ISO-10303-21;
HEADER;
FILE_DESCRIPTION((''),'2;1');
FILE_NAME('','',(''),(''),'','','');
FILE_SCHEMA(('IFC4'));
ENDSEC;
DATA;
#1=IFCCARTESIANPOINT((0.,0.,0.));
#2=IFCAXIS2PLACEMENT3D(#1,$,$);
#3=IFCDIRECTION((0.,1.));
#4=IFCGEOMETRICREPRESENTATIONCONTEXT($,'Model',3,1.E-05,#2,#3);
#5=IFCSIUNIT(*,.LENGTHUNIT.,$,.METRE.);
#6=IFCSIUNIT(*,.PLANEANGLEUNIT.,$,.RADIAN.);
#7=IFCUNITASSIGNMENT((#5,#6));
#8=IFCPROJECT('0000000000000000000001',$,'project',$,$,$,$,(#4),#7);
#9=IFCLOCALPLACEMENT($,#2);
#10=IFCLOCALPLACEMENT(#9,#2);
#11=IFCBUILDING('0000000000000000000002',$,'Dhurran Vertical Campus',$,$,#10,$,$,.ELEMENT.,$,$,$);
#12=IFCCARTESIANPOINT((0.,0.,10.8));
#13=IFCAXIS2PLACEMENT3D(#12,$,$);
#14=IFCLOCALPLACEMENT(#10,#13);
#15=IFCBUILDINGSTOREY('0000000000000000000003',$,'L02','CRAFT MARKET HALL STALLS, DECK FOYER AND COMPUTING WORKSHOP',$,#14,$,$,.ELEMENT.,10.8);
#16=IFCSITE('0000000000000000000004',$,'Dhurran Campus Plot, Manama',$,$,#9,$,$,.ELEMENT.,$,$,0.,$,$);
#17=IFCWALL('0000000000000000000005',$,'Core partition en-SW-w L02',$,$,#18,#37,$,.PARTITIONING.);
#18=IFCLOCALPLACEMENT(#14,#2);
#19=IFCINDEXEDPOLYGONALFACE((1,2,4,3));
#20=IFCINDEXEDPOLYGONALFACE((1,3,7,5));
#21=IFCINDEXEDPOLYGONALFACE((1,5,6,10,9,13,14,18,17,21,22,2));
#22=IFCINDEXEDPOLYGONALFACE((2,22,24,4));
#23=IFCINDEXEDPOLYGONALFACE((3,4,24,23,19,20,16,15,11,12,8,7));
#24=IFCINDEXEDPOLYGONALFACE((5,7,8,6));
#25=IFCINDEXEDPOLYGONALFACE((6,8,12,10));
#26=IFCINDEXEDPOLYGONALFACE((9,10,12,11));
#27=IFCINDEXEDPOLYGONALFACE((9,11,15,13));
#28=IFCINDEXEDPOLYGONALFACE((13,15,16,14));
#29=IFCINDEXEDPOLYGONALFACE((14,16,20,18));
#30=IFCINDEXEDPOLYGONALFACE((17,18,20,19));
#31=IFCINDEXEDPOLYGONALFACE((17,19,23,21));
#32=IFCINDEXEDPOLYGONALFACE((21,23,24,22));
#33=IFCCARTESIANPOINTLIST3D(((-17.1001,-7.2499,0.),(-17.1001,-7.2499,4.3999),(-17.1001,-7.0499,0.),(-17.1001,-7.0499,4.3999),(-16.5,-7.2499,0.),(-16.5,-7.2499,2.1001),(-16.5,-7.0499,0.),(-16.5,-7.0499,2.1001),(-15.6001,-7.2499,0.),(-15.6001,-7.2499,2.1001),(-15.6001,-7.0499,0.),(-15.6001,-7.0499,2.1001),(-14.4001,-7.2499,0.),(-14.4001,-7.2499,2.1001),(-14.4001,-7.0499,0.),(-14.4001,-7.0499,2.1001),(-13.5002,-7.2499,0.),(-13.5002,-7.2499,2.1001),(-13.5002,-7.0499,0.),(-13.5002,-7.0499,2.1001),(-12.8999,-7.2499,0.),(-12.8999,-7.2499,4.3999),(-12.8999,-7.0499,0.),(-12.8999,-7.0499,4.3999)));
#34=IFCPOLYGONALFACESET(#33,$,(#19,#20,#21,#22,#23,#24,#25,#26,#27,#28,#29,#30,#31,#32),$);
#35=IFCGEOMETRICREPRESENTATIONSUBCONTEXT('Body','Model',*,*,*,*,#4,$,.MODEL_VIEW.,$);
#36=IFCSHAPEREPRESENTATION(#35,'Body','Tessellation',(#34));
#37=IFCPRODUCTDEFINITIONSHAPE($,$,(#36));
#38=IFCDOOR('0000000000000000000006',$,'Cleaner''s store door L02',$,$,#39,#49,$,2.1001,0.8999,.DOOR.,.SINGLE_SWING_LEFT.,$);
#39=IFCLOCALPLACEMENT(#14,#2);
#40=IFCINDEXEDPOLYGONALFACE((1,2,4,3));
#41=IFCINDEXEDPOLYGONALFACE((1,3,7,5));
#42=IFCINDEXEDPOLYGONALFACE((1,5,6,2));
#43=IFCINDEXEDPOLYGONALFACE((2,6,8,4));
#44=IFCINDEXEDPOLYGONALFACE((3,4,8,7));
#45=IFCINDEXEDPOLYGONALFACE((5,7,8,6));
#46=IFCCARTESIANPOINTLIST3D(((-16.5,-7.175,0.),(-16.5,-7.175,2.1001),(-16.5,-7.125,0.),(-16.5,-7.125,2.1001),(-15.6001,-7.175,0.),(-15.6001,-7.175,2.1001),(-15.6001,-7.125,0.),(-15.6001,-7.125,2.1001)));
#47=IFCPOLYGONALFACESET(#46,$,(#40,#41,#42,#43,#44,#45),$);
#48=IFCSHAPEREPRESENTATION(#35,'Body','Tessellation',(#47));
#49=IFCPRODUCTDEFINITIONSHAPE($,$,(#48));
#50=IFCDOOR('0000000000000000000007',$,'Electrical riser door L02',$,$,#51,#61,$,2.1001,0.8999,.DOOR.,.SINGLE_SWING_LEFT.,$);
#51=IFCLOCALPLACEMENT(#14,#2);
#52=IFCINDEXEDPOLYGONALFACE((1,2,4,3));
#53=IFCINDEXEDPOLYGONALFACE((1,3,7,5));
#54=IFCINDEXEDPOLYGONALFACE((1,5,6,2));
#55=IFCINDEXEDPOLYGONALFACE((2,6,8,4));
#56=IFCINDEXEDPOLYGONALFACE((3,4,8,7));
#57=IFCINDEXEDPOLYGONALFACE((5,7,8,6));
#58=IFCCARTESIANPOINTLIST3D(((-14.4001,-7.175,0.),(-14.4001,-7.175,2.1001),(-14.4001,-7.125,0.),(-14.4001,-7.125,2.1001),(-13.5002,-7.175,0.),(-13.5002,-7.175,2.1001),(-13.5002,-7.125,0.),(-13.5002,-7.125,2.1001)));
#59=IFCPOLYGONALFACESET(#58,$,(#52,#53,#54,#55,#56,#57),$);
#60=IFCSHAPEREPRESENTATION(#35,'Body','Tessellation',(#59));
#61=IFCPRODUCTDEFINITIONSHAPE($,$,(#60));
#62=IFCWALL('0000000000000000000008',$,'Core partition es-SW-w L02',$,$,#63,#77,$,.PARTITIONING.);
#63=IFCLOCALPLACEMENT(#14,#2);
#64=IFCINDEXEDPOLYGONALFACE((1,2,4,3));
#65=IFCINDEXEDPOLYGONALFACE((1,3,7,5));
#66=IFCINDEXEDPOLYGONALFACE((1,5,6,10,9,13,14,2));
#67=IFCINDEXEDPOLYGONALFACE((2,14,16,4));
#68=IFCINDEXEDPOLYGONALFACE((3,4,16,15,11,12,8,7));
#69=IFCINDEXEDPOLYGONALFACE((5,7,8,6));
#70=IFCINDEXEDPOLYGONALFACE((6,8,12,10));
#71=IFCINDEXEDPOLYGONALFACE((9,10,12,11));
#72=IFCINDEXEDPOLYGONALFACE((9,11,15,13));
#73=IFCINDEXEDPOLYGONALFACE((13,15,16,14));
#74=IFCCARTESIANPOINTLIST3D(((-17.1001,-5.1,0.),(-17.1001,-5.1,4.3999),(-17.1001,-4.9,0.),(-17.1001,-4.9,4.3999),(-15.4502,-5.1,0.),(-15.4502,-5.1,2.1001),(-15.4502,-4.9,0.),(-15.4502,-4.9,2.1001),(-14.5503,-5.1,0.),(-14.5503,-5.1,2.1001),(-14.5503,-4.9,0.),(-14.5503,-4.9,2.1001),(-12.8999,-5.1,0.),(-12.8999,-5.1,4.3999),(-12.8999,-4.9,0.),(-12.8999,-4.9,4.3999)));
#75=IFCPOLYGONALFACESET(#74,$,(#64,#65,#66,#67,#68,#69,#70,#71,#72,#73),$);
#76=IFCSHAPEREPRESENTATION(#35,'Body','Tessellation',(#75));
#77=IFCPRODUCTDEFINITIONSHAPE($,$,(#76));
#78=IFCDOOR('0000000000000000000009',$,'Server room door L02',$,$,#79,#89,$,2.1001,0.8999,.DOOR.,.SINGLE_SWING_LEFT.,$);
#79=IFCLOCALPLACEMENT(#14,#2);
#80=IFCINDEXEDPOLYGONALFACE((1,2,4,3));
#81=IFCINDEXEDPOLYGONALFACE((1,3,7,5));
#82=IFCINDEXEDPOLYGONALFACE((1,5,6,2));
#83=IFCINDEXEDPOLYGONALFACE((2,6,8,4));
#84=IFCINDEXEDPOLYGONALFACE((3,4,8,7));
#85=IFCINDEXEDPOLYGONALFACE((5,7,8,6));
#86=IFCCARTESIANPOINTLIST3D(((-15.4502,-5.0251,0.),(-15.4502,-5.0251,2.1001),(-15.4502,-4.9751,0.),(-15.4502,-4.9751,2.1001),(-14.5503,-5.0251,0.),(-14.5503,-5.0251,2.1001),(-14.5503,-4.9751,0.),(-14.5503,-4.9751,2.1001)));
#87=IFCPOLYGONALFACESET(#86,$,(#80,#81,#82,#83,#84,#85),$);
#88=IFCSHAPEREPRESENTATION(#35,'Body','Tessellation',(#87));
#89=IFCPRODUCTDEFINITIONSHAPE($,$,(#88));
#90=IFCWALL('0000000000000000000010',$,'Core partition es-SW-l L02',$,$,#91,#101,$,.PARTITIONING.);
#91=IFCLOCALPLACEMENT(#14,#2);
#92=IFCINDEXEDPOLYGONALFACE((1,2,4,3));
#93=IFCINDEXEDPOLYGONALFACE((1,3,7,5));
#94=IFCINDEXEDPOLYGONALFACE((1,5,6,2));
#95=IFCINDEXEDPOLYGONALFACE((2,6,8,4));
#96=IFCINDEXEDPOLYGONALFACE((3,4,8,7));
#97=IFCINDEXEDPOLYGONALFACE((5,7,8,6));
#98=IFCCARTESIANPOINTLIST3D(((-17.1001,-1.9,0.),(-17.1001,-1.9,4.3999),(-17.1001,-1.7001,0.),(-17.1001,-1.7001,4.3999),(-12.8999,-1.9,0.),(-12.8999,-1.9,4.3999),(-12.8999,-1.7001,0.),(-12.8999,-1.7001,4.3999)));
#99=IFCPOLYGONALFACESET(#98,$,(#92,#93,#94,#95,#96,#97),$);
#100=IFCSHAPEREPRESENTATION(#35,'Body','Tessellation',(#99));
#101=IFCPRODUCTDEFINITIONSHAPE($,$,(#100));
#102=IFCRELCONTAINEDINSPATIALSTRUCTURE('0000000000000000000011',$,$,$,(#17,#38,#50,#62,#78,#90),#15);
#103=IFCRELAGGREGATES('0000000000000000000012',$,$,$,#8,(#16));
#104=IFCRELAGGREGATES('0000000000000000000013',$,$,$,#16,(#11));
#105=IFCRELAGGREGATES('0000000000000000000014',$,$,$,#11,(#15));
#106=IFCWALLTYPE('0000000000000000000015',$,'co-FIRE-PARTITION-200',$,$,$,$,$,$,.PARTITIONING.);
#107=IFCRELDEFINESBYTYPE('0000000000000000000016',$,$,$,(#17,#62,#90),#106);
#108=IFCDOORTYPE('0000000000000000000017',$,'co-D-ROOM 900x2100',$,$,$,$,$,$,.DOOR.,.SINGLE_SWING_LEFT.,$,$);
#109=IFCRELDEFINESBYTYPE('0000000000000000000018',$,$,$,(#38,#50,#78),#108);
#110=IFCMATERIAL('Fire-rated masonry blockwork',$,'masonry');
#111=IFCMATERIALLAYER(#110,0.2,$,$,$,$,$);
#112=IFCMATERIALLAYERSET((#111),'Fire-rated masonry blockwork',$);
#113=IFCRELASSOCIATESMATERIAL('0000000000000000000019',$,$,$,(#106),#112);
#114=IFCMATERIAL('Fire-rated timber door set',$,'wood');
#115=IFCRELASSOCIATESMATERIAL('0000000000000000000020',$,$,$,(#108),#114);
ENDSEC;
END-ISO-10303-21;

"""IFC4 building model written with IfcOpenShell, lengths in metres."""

from ifc_helpers import new_model, si_unit, direction, frame, frame_2d, origin, place, context, subcontext, project, spatial, rectangle, extrude, material, layer, layer_set, type_object, element, fill, save


model = new_model("IFC4")

# Units and contexts
model_context = context("Model", 3, precision=1e-05, world=origin(), true_north=direction((0.0, 1.0)))
body_context = subcontext(model_context, "Body", "Model", "MODEL_VIEW")
ifc_project = project(units=[si_unit("LENGTHUNIT", "METRE"), si_unit("PLANEANGLEUNIT", "RADIAN")], contexts=[model_context])

# Site, building, storey
site_placement = place(None, origin())
site = spatial("IfcSite", under=ifc_project, at=site_placement, Name="Dhurran Campus Plot, Manama", CompositionType="ELEMENT", RefElevation=0.0)
building_placement = place(site_placement, origin())
building = spatial("IfcBuilding", under=site, at=building_placement, Name="Dhurran Vertical Campus", CompositionType="ELEMENT")
storey_placement = place(building_placement, frame((0.0, 0.0, 10.8)))
storey = spatial("IfcBuildingStorey", under=building, at=storey_placement, Name="L02", Description="CRAFT MARKET HALL STALLS, DECK FOYER AND COMPUTING WORKSHOP", CompositionType="ELEMENT", Elevation=10.8)

# Wall, openings, doors
ifc_material_1 = material(Name="Fire-rated masonry blockwork", Category="masonry")
ifc_layer_1 = layer(ifc_material_1, 0.2)
ifc_layer_set_1 = layer_set([ifc_layer_1], Name="Fire-rated masonry blockwork")
wall_type_1 = type_object("IfcWallType", Name="co-FIRE-PARTITION-200", PredefinedType="PARTITIONING", material=ifc_layer_set_1)
wall_1_placement = place(storey_placement, frame((-17.1001, -7.1499, 0.0), z_axis=(0.0, 0.0, 1.0), x_axis=(1.0, 0.0, 0.0)))
wall_1 = element("IfcWall", 1, at=wall_1_placement, inside=storey, type_object=wall_type_1, Name="Core partition en-SW-w L02", PredefinedType="PARTITIONING", context=body_context, shape_type="SweptSolid", body=[
    extrude(rectangle(XDim=4.2002, YDim=0.2, at=frame_2d((2.1001, 0.0))), origin(), (0.0, 0.0, 1.0), 4.3999),
])
opening_1_placement = place(wall_1_placement, frame((0.6001, 0.0, 0.0)))
opening_1 = element("IfcOpeningElement", 2, at=opening_1_placement, cuts=wall_1, PredefinedType="OPENING", context=body_context, shape_type="SweptSolid", body=[
    extrude(rectangle(XDim=0.8999, YDim=2.1001, at=frame_2d((0.45, 1.05))), frame((0.0, 0.1099, 0.0), z_axis=(0.0, -1.0, 0.0), x_axis=(1.0, 0.0, 0.0)), (0.0, 0.0, 1.0), 0.22),
])
opening_2_placement = place(wall_1_placement, frame((2.7, 0.0, 0.0)))
opening_2 = element("IfcOpeningElement", 3, at=opening_2_placement, cuts=wall_1, PredefinedType="OPENING", context=body_context, shape_type="SweptSolid", body=[
    extrude(rectangle(XDim=0.8999, YDim=2.1001, at=frame_2d((0.45, 1.05))), frame((0.0, 0.1099, 0.0), z_axis=(0.0, -1.0, 0.0), x_axis=(1.0, 0.0, 0.0)), (0.0, 0.0, 1.0), 0.22),
])
ifc_material_2 = material(Name="Fire-rated timber door set", Category="wood")
door_type_1 = type_object("IfcDoorType", Name="co-D-ROOM 900x2100", OperationType="SINGLE_SWING_LEFT", PredefinedType="DOOR", material=ifc_material_2)
door_1_placement = place(opening_1_placement, origin())
door_1 = element("IfcDoor", 4, at=door_1_placement, inside=storey, type_object=door_type_1, Name="Cleaner's store door L02", OperationType="SINGLE_SWING_LEFT", OverallHeight=2.1001, OverallWidth=0.8999, PredefinedType="DOOR", context=body_context, shape_type="SweptSolid", body=[
    extrude(rectangle(XDim=0.8999, YDim=2.1001, at=frame_2d((0.45, 1.05))), frame((0.0, 0.0249, 0.0), z_axis=(0.0, -1.0, 0.0), x_axis=(1.0, 0.0, 0.0)), (0.0, 0.0, 1.0), 0.05),
])
fill(opening_1, door_1)
door_2_placement = place(opening_2_placement, origin())
door_2 = element("IfcDoor", 5, at=door_2_placement, inside=storey, type_object=door_type_1, Name="Electrical riser door L02", OperationType="SINGLE_SWING_LEFT", OverallHeight=2.1001, OverallWidth=0.8999, PredefinedType="DOOR", context=body_context, shape_type="SweptSolid", body=[
    extrude(rectangle(XDim=0.8999, YDim=2.1001, at=frame_2d((0.45, 1.05))), frame((0.0, 0.0249, 0.0), z_axis=(0.0, -1.0, 0.0), x_axis=(1.0, 0.0, 0.0)), (0.0, 0.0, 1.0), 0.05),
])
fill(opening_2, door_2)

# Wall, opening, door
wall_2_placement = place(storey_placement, frame((-17.1001, -5.0, 0.0), z_axis=(0.0, 0.0, 1.0), x_axis=(1.0, 0.0, 0.0)))
wall_2 = element("IfcWall", 6, at=wall_2_placement, inside=storey, type_object=wall_type_1, Name="Core partition es-SW-w L02", PredefinedType="PARTITIONING", context=body_context, shape_type="SweptSolid", body=[
    extrude(rectangle(XDim=4.2002, YDim=0.2, at=frame_2d((2.1001, 0.0))), origin(), (0.0, 0.0, 1.0), 4.3999),
])
opening_3_placement = place(wall_2_placement, frame((1.6499, 0.0, 0.0)))
opening_3 = element("IfcOpeningElement", 7, at=opening_3_placement, cuts=wall_2, PredefinedType="OPENING", context=body_context, shape_type="SweptSolid", body=[
    extrude(rectangle(XDim=0.8999, YDim=2.1001, at=frame_2d((0.45, 1.05))), frame((0.0, 0.1099, 0.0), z_axis=(0.0, -1.0, 0.0), x_axis=(1.0, 0.0, 0.0)), (0.0, 0.0, 1.0), 0.22),
])
door_3_placement = place(opening_3_placement, origin())
door_3 = element("IfcDoor", 8, at=door_3_placement, inside=storey, type_object=door_type_1, Name="Server room door L02", OperationType="SINGLE_SWING_LEFT", OverallHeight=2.1001, OverallWidth=0.8999, PredefinedType="DOOR", context=body_context, shape_type="SweptSolid", body=[
    extrude(rectangle(XDim=0.8999, YDim=2.1001, at=frame_2d((0.45, 1.05))), frame((0.0, 0.0249, 0.0), z_axis=(0.0, -1.0, 0.0), x_axis=(1.0, 0.0, 0.0)), (0.0, 0.0, 1.0), 0.05),
])
fill(opening_3, door_3)

# Wall
wall_3_placement = place(storey_placement, frame((-17.1001, -1.8, 0.0), z_axis=(0.0, 0.0, 1.0), x_axis=(1.0, 0.0, 0.0)))
element("IfcWall", 9, at=wall_3_placement, inside=storey, type_object=wall_type_1, Name="Core partition es-SW-l L02", PredefinedType="PARTITIONING", context=body_context, shape_type="SweptSolid", body=[
    extrude(rectangle(XDim=4.2002, YDim=0.2, at=frame_2d((2.1001, 0.0))), origin(), (0.0, 0.0, 1.0), 4.3999),
])

save(model, "model.ifc")
